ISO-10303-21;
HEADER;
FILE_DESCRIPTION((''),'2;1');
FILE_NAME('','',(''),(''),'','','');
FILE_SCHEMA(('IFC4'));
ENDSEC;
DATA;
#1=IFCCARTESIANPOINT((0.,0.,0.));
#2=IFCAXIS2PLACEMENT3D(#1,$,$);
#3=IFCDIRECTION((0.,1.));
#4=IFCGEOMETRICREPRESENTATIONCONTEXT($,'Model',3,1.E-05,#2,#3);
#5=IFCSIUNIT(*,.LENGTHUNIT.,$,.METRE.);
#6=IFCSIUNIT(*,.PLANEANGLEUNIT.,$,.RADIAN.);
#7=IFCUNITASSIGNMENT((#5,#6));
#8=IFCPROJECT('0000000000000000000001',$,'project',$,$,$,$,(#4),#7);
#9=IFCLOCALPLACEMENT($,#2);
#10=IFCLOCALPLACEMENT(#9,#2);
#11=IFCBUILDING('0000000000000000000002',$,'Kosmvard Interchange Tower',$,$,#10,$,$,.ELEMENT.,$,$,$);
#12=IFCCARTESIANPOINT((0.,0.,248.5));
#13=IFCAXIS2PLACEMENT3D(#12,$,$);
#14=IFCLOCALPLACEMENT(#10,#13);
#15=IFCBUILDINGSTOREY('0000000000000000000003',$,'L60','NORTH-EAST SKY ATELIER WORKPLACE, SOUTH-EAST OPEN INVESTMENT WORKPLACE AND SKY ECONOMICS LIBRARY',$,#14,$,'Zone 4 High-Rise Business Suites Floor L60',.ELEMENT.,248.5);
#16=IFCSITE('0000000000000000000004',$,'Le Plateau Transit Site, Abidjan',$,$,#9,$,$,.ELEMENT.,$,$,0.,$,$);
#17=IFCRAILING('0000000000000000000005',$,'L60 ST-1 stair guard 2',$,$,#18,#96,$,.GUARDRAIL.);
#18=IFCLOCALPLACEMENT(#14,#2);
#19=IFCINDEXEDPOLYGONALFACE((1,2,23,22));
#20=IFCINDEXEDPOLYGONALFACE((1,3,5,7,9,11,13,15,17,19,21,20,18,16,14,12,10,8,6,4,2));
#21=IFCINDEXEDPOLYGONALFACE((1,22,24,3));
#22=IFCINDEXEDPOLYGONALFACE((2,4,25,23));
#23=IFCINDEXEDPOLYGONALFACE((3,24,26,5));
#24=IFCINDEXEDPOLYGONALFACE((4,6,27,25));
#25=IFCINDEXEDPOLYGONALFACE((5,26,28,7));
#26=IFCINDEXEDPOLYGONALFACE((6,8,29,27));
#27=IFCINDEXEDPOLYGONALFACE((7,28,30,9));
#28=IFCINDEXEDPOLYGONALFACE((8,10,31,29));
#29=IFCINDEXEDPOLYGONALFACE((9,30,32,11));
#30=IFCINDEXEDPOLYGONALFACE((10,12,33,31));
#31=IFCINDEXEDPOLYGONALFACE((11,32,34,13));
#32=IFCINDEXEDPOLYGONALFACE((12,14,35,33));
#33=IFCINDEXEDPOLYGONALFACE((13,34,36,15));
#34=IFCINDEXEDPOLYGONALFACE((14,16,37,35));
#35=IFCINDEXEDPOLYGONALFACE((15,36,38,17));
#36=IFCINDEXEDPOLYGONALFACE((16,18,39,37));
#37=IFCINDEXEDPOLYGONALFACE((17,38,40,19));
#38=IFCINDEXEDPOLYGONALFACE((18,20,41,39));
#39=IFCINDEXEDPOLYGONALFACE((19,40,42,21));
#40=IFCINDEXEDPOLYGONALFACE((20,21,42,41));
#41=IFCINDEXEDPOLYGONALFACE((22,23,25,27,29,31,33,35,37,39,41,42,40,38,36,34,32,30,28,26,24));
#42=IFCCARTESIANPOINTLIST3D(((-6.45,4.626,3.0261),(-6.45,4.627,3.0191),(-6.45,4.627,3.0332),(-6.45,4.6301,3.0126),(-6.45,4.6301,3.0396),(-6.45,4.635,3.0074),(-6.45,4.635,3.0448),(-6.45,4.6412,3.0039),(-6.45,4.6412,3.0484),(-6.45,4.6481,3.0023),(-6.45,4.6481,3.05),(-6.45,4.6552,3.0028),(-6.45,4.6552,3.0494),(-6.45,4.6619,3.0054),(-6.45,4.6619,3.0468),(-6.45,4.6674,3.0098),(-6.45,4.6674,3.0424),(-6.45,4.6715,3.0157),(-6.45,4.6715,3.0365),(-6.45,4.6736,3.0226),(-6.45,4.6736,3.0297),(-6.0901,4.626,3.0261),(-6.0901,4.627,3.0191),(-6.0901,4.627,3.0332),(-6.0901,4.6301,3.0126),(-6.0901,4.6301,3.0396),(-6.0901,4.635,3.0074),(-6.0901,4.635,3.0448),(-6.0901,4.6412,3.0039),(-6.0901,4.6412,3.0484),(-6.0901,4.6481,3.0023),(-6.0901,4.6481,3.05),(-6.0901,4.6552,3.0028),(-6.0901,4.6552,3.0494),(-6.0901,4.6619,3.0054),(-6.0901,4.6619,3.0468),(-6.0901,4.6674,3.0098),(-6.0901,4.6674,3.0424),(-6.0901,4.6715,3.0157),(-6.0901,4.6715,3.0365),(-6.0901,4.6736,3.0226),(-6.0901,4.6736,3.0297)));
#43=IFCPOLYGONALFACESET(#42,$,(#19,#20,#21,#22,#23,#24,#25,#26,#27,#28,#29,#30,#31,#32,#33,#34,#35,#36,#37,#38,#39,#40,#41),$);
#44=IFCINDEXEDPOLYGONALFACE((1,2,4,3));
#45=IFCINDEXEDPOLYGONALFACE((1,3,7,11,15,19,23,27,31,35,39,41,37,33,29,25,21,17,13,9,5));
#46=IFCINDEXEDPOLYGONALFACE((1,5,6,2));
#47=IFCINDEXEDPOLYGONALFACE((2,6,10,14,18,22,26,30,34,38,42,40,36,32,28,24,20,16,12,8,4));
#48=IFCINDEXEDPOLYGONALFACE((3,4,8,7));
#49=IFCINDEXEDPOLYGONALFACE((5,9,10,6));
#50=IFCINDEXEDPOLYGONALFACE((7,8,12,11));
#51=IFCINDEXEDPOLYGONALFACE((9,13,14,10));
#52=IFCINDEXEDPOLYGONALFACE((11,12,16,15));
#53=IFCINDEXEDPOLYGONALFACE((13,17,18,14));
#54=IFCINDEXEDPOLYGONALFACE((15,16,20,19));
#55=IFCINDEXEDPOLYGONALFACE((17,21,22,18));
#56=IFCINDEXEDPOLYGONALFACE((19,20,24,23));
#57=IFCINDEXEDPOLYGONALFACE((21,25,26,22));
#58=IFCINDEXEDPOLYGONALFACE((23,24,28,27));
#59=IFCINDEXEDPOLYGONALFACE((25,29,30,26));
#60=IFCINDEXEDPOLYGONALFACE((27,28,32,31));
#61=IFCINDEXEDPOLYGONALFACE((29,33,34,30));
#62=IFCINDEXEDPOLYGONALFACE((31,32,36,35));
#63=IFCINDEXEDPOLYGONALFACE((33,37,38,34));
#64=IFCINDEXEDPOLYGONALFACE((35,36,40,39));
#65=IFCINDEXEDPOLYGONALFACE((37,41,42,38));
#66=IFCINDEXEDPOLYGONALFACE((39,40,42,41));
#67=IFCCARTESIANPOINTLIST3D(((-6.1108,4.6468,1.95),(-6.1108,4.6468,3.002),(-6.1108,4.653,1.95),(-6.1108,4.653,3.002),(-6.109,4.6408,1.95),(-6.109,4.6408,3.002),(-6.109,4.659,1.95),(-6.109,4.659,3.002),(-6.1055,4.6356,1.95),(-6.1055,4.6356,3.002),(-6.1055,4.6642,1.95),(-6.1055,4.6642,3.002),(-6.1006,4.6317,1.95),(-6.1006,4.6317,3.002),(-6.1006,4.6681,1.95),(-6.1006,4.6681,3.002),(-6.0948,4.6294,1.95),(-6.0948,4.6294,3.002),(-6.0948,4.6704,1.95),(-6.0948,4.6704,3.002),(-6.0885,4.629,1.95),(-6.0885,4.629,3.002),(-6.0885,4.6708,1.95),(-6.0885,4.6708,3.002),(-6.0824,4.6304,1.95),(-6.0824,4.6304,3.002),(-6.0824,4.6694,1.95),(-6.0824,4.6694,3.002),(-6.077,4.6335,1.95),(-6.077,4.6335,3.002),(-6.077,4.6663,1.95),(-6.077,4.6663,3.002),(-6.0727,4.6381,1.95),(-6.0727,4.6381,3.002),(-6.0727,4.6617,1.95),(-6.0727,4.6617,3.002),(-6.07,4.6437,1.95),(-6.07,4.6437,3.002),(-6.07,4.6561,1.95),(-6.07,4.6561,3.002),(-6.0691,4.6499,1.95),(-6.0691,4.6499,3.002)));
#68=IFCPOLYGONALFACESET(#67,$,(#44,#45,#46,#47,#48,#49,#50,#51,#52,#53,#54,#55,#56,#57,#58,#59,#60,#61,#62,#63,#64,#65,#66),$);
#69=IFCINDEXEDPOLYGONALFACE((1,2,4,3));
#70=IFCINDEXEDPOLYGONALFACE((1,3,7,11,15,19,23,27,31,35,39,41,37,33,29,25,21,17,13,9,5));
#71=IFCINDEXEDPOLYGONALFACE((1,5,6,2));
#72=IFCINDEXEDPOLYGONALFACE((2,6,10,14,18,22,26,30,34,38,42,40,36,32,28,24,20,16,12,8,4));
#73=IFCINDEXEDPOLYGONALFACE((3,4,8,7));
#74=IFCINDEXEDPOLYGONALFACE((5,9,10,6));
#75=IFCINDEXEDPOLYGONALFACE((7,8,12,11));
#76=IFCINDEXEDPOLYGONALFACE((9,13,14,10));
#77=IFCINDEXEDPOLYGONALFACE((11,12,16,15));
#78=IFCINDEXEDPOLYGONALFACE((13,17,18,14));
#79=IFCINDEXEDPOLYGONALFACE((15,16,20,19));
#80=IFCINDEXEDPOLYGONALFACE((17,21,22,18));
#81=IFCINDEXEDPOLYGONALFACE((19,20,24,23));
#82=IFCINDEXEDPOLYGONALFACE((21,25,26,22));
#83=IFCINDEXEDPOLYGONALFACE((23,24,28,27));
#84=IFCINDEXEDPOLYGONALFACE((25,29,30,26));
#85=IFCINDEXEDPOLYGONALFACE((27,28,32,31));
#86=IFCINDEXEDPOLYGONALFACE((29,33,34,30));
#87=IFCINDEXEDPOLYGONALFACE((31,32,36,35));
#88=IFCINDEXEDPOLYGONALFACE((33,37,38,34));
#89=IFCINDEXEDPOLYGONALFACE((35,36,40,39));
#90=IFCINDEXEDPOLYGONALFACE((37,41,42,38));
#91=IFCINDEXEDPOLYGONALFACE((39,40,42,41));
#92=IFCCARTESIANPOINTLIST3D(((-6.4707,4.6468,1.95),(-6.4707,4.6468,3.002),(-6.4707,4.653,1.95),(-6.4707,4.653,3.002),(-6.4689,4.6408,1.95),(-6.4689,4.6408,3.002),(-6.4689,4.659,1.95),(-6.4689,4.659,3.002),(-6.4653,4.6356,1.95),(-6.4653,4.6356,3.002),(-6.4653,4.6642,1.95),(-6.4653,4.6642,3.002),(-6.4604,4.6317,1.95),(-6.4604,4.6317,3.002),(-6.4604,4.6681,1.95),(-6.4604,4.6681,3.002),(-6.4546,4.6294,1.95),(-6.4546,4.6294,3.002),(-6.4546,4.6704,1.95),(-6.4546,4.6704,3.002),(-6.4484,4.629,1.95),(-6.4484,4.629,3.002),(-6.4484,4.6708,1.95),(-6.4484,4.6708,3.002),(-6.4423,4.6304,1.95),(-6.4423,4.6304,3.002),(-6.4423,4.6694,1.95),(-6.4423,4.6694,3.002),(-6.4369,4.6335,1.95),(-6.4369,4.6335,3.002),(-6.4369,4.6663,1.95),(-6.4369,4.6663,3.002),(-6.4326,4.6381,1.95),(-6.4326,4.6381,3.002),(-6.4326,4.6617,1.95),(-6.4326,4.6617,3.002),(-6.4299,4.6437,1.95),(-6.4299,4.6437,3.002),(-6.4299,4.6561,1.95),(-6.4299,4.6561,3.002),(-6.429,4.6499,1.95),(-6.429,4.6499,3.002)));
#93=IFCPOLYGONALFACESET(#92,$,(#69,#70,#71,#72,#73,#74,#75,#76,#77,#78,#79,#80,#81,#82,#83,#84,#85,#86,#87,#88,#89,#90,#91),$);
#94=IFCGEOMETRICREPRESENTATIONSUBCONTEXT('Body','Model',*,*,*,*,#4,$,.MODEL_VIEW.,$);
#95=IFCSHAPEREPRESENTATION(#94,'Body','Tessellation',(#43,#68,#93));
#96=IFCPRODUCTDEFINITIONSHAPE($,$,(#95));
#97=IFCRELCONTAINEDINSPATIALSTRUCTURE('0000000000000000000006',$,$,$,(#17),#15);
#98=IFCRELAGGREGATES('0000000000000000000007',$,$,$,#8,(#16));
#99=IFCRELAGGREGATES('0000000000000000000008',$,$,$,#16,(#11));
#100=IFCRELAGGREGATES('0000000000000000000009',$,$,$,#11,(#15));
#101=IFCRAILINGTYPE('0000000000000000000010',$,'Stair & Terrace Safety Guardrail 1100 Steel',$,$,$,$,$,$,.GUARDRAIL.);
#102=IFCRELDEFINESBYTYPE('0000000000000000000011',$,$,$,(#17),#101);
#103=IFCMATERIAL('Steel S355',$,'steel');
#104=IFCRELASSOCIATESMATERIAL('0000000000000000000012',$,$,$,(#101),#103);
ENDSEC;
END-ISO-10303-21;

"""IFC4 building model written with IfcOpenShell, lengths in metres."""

from ifc_helpers import new_model, si_unit, direction, frame, origin, origin_2d, place, context, subcontext, project, spatial, circle, extrude, source, transform, mapped, material, type_object, element, save


model = new_model("IFC4")

# Units and contexts
model_context = context("Model", 3, precision=1e-05, world=origin(), true_north=direction((0.0, 1.0)))
body_context = subcontext(model_context, "Body", "Model", "MODEL_VIEW")
ifc_project = project(units=[si_unit("LENGTHUNIT", "METRE"), si_unit("PLANEANGLEUNIT", "RADIAN")], contexts=[model_context])

# Site, building, storey
site_placement = place(None, origin())
site = spatial("IfcSite", under=ifc_project, at=site_placement, Name="Le Plateau Transit Site, Abidjan", CompositionType="ELEMENT", RefElevation=0.0)
building_placement = place(site_placement, origin())
building = spatial("IfcBuilding", under=site, at=building_placement, Name="Kosmvard Interchange Tower", CompositionType="ELEMENT")
storey_placement = place(building_placement, frame((0.0, 0.0, 248.5)))
storey = spatial("IfcBuildingStorey", under=building, at=storey_placement, Name="L60", Description="NORTH-EAST SKY ATELIER WORKPLACE, SOUTH-EAST OPEN INVESTMENT WORKPLACE AND SKY ECONOMICS LIBRARY", LongName="Zone 4 High-Rise Business Suites Floor L60", CompositionType="ELEMENT", Elevation=248.5)

# Shared definitions
ifc_material_1 = material(Name="Steel S355", Category="steel")

# Railing
railing_type_1 = type_object("IfcRailingType", Name="Stair & Terrace Safety Guardrail 1100 Steel", PredefinedType="GUARDRAIL", material=ifc_material_1)
shared_shape_1 = source(origin(), body_context, "Body", "SweptSolid", [
    extrude(circle(Radius=0.0239, at=origin_2d()), frame((0.0, 0.0, 1.0762), z_axis=(-1.0, 0.0, 0.0), x_axis=(0.0, -1.0, 0.0)), (0.0, 0.0, 1.0), 0.3599),
    extrude(circle(Radius=0.021, at=origin_2d()), origin(), (0.0, 0.0, 1.0), 1.052),
    extrude(circle(Radius=0.021, at=origin_2d()), frame((-0.3599, 0.0, 0.0)), (0.0, 0.0, 1.0), 1.052),
])
railing_1_placement = place(storey_placement, frame((-6.0901, 4.6499, 1.95)))
element("IfcRailing", 1, at=railing_1_placement, inside=storey, type_object=railing_type_1, Name="L60 ST-1 stair guard 2", PredefinedType="GUARDRAIL", context=body_context, shape_type="MappedRepresentation", body=[
    mapped(shared_shape_1, transform((0.0, 0.0, 0.0), scale=1.0)),
])

save(model, "model.ifc")
